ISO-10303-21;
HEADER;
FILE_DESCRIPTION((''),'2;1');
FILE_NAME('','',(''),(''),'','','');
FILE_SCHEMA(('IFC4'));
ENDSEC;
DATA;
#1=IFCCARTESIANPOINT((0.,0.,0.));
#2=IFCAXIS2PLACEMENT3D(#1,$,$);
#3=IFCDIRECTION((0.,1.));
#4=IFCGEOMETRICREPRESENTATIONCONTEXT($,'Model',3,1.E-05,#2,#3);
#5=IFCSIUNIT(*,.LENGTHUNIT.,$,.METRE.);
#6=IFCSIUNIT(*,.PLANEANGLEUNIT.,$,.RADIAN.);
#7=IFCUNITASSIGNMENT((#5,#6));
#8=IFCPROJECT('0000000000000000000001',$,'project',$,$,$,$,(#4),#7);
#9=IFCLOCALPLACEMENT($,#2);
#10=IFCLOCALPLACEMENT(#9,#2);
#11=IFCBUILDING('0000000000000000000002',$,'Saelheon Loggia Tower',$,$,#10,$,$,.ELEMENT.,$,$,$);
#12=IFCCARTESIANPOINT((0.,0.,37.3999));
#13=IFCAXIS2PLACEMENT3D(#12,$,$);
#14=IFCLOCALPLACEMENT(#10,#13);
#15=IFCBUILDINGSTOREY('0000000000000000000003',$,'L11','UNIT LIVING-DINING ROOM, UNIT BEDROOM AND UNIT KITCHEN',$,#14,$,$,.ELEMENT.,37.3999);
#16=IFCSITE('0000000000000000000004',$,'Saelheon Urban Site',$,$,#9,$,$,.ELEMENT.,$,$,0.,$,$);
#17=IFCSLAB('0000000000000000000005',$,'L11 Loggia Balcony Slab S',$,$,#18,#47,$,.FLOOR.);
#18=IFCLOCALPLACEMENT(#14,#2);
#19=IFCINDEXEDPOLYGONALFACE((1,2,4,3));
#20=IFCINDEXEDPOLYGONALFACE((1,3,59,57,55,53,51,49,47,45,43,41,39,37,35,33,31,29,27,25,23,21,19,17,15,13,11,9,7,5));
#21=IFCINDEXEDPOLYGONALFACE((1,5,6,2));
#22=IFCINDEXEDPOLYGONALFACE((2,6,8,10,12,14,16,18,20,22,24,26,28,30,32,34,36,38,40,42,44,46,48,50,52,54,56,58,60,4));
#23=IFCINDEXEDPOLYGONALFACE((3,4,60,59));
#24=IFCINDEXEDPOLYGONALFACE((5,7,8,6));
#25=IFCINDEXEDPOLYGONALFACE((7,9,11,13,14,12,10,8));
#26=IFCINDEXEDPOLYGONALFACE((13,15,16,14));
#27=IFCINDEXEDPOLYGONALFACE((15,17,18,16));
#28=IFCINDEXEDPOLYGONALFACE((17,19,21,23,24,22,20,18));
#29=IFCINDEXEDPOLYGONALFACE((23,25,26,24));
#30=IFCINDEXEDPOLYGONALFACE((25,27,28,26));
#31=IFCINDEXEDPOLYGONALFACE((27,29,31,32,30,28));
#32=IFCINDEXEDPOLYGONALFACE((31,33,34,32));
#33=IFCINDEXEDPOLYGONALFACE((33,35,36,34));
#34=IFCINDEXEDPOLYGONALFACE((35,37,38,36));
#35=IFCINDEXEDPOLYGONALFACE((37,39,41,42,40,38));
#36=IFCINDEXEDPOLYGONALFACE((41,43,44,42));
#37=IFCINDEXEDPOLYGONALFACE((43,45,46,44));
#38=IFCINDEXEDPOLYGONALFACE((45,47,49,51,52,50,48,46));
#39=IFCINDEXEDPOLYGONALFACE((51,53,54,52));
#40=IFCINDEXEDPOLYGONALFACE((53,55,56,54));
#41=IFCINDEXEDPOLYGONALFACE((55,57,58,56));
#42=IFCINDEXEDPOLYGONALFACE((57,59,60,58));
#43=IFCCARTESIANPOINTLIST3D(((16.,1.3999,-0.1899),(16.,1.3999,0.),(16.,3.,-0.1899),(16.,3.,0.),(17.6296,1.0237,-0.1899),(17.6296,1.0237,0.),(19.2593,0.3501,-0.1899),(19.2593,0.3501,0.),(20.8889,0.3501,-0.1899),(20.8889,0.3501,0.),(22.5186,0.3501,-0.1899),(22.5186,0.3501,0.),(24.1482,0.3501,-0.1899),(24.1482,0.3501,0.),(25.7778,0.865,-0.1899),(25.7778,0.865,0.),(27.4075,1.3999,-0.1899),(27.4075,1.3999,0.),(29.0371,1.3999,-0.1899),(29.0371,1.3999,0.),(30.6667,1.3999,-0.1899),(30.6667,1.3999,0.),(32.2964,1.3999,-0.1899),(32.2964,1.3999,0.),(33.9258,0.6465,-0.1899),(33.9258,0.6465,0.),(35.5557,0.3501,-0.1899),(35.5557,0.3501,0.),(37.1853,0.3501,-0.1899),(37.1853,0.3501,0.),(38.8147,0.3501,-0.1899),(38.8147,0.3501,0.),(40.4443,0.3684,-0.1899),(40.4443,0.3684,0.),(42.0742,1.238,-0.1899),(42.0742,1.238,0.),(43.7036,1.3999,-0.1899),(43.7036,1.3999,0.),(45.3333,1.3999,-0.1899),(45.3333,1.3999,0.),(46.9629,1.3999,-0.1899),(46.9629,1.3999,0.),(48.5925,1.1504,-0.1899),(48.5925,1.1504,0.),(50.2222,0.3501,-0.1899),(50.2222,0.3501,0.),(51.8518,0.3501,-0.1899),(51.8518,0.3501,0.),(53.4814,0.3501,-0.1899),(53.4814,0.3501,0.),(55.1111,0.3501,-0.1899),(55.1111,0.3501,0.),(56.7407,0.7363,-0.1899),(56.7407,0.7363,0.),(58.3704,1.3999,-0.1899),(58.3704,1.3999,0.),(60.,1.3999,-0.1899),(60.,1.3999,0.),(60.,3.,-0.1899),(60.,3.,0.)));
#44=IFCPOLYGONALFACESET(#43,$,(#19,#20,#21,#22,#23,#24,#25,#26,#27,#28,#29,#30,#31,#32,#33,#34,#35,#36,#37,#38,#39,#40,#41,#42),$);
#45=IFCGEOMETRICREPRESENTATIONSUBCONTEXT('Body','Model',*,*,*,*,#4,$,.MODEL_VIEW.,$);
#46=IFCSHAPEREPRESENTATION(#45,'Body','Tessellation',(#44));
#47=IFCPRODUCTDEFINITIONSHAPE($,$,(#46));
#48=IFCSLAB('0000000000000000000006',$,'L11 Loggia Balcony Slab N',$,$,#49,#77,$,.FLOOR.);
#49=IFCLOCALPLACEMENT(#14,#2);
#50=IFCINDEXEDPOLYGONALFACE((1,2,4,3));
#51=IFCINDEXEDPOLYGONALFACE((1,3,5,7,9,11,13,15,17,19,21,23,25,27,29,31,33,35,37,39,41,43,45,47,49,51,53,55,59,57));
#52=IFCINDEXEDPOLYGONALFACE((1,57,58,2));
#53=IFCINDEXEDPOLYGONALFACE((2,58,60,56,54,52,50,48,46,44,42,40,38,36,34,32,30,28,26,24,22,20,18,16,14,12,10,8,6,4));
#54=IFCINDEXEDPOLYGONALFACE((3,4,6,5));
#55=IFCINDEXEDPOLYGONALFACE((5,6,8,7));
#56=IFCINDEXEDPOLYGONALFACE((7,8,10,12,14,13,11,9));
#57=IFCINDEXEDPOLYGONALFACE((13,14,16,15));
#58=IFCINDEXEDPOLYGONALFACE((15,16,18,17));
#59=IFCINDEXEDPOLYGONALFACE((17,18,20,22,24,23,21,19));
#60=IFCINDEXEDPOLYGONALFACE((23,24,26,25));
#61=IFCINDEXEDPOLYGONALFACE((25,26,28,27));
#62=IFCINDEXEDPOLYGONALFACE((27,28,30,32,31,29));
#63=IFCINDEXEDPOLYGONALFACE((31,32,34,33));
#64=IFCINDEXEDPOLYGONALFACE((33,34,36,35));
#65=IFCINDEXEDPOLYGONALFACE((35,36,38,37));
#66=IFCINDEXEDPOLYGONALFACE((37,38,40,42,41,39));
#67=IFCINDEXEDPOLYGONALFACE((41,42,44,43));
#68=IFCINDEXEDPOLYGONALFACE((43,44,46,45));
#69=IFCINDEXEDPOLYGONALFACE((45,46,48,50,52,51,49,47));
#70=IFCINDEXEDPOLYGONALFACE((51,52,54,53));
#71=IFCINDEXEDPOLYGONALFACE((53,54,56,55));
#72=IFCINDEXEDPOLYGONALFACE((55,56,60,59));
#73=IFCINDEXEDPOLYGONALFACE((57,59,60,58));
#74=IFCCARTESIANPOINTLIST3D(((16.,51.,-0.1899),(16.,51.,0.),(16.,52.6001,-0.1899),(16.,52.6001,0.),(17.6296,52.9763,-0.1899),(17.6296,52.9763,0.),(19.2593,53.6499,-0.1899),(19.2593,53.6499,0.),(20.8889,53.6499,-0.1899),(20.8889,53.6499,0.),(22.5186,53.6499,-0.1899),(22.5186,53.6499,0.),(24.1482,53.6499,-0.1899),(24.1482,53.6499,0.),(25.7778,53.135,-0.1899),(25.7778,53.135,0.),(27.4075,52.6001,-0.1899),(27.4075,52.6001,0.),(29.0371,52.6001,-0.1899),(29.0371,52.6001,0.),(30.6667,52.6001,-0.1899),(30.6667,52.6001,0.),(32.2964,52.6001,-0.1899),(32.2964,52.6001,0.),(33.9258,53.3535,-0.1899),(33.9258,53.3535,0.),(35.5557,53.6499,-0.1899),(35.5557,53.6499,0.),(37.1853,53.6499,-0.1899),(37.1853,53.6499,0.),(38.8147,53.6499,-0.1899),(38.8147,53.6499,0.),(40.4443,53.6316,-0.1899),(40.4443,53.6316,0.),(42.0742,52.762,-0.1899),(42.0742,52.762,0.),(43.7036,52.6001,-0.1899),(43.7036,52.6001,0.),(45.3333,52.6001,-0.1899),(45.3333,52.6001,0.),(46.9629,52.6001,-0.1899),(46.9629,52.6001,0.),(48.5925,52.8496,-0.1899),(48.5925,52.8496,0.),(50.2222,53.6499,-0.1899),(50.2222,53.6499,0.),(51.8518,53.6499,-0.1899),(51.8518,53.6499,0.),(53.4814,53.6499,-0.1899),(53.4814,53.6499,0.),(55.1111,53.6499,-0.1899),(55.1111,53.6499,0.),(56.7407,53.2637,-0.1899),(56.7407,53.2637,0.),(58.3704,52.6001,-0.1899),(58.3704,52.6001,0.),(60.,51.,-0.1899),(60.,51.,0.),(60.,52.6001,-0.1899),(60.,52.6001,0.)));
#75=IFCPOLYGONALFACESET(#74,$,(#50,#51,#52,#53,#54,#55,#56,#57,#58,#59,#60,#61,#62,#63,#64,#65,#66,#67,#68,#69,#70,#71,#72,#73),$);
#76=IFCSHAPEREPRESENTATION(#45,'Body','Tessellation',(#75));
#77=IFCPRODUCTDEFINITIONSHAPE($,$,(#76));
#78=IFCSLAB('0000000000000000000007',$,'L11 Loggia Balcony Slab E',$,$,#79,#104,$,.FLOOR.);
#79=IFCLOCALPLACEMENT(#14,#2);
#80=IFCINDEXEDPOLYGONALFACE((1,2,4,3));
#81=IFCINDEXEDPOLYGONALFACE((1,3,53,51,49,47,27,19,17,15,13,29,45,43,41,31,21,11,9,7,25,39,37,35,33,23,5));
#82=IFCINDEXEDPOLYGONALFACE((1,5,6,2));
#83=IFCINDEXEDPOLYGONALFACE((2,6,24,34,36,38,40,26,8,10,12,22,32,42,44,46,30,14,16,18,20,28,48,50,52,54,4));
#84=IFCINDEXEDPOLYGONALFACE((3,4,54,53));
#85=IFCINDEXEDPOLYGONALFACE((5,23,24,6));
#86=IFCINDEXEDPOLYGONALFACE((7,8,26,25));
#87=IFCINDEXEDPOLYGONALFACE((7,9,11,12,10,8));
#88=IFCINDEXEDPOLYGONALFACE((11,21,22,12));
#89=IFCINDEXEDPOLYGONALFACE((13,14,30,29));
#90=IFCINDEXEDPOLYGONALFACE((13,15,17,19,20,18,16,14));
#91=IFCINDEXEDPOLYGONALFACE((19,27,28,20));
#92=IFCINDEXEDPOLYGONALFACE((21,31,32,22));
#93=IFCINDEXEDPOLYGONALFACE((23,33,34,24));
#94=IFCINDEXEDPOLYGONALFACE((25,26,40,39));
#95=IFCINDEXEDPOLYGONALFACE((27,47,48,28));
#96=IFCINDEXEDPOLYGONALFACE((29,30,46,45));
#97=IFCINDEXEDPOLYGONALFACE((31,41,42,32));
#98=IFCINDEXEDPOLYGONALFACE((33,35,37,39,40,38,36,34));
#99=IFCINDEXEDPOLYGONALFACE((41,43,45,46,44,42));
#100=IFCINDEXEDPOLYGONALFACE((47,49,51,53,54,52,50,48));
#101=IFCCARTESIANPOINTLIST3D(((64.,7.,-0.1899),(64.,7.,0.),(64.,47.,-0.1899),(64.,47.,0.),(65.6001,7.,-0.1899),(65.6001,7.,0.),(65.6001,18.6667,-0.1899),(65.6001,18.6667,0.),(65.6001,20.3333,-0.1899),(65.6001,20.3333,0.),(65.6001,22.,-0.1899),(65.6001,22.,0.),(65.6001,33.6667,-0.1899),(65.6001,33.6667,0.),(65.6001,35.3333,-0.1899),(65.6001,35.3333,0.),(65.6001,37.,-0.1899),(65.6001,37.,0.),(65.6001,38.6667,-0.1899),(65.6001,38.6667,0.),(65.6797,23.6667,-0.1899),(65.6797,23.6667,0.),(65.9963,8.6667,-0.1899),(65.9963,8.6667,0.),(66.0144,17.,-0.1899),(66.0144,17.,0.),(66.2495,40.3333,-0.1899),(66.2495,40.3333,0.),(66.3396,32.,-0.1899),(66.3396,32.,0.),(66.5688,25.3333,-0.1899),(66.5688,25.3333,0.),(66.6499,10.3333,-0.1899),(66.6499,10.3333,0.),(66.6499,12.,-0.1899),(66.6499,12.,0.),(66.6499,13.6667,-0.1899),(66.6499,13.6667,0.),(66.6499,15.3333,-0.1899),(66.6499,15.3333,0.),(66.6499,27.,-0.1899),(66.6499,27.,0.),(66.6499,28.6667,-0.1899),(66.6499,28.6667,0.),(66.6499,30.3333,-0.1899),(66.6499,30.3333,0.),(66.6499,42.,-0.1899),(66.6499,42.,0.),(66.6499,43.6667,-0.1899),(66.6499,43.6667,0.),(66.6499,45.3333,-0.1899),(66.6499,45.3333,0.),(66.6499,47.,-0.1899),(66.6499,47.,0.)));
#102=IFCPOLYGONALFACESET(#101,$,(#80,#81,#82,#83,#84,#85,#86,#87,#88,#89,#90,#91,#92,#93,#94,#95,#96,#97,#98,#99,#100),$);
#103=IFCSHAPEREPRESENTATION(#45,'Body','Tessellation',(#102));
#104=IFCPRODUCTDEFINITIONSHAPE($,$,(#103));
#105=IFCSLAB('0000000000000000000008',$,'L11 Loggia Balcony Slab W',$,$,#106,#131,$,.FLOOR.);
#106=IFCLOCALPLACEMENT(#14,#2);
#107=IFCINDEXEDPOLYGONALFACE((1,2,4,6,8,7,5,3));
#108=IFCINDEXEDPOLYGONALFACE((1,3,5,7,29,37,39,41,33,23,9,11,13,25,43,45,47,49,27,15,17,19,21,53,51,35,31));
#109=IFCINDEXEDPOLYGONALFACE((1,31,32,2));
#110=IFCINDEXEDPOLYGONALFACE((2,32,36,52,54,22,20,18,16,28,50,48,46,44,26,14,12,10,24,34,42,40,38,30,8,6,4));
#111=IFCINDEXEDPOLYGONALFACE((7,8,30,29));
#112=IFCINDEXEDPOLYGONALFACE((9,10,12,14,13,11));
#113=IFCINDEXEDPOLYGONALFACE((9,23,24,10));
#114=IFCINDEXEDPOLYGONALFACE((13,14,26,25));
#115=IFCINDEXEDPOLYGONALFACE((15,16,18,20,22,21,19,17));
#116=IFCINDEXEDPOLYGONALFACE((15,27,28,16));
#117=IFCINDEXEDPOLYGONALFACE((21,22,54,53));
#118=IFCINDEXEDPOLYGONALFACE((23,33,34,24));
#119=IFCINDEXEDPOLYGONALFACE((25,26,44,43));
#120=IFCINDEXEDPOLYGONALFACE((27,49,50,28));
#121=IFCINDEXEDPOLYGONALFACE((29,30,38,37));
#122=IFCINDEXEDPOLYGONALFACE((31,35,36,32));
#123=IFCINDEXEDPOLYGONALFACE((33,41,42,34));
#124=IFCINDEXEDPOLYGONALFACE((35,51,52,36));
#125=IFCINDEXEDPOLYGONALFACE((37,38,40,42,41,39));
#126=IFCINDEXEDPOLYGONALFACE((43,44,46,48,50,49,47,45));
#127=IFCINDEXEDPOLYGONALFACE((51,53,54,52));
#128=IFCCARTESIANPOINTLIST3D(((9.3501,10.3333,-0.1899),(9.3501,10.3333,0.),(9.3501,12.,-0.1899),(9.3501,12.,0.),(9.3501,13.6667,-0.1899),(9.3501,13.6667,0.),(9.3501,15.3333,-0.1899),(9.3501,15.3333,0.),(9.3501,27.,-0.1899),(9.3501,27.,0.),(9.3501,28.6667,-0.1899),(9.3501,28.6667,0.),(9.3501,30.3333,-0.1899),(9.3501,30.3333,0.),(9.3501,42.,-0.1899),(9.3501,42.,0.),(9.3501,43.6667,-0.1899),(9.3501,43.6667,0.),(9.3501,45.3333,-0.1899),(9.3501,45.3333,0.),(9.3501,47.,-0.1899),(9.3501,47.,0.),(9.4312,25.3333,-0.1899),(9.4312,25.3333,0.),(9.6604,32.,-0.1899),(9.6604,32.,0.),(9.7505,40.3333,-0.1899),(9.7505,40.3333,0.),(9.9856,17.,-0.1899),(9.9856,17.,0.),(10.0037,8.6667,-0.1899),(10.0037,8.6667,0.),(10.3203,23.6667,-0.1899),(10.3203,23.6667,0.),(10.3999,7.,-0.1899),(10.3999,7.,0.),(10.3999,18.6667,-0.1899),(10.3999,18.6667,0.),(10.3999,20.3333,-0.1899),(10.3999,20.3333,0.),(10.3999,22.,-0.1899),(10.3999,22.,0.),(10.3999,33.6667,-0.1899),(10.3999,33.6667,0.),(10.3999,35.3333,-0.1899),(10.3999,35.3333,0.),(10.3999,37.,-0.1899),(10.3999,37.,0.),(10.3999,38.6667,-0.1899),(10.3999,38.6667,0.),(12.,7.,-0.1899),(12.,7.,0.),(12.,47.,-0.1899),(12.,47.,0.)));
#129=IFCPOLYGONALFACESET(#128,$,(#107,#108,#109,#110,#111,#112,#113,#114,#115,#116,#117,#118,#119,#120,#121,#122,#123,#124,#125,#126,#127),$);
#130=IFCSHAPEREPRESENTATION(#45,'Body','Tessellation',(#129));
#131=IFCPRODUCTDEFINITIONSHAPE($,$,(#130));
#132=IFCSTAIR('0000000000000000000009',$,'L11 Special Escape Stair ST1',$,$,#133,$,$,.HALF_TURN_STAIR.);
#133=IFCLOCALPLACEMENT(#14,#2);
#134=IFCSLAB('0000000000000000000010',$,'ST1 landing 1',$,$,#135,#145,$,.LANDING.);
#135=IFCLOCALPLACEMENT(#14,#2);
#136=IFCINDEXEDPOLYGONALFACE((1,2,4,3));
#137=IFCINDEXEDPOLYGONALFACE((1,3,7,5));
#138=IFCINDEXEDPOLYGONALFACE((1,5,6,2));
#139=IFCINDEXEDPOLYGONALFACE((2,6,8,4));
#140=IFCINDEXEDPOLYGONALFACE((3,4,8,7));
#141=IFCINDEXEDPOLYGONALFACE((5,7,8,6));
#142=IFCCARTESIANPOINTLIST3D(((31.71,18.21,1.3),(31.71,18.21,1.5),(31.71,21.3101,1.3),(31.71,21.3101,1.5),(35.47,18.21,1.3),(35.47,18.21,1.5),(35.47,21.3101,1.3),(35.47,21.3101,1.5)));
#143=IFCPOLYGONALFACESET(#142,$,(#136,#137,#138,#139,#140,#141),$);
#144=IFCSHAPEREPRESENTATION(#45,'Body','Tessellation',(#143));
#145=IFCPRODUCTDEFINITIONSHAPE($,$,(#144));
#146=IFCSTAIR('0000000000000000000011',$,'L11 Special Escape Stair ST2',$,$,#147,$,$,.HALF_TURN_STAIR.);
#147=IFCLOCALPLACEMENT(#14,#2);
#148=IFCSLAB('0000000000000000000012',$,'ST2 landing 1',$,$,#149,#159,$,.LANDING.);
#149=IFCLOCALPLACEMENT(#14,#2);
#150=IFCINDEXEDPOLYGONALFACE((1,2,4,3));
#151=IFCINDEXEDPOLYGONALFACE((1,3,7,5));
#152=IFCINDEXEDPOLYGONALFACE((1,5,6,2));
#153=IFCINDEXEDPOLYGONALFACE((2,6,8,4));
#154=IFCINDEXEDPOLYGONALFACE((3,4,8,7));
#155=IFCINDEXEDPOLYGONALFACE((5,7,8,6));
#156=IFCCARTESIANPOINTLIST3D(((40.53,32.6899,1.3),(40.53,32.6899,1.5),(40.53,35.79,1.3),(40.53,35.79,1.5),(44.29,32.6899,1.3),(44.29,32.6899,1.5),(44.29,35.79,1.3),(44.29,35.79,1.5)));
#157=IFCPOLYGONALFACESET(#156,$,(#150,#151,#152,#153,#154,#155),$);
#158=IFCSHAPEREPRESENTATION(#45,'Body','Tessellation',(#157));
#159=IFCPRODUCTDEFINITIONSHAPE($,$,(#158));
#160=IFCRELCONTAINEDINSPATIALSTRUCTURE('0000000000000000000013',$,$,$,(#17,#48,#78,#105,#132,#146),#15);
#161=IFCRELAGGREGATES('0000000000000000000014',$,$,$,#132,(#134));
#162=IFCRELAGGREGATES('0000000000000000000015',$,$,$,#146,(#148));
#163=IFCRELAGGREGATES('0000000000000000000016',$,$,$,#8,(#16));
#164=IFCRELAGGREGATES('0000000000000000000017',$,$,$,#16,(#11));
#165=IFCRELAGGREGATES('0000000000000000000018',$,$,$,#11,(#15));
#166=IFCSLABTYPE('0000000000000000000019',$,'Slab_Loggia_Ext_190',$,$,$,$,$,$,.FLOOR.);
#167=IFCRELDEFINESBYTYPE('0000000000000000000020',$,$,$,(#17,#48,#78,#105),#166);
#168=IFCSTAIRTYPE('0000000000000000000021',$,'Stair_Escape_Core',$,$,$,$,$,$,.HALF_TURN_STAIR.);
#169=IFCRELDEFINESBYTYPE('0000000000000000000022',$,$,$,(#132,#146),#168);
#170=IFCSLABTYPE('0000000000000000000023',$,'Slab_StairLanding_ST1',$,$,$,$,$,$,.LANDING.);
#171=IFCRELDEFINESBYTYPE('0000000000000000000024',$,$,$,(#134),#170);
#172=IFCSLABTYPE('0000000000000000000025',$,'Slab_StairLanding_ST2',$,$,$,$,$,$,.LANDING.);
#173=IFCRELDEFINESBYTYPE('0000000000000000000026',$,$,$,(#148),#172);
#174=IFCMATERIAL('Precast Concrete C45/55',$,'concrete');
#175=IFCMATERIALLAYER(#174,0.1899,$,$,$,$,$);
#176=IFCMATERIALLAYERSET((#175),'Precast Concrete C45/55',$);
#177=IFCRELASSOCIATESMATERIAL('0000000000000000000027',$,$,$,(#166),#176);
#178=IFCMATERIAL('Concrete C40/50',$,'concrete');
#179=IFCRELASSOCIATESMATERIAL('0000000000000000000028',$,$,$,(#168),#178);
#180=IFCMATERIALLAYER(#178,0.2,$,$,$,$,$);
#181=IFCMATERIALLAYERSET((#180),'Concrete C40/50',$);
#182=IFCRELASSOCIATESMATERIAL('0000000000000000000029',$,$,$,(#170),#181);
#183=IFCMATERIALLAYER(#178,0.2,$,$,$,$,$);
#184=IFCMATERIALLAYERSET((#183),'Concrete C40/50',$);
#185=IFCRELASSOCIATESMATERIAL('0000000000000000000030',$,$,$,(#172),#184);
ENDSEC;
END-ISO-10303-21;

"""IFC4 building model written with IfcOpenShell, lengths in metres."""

from ifc_helpers import new_model, si_unit, direction, frame, origin, place, context, subcontext, project, spatial, polyline, outline, extrude, material, layer, layer_set, type_object, element, aggregate, save


model = new_model("IFC4")

# Units and contexts
model_context = context("Model", 3, precision=1e-05, world=origin(), true_north=direction((0.0, 1.0)))
body_context = subcontext(model_context, "Body", "Model", "MODEL_VIEW")
ifc_project = project(units=[si_unit("LENGTHUNIT", "METRE"), si_unit("PLANEANGLEUNIT", "RADIAN")], contexts=[model_context])

# Site, building, storey
site_placement = place(None, origin())
site = spatial("IfcSite", under=ifc_project, at=site_placement, Name="Saelheon Urban Site", CompositionType="ELEMENT", RefElevation=0.0)
building_placement = place(site_placement, origin())
building = spatial("IfcBuilding", under=site, at=building_placement, Name="Saelheon Loggia Tower", CompositionType="ELEMENT")
storey_placement = place(building_placement, frame((0.0, 0.0, 37.3999)))
storey = spatial("IfcBuildingStorey", under=building, at=storey_placement, Name="L11", Description="UNIT LIVING-DINING ROOM, UNIT BEDROOM AND UNIT KITCHEN", CompositionType="ELEMENT", Elevation=37.3999)

# Slabs
ifc_material_1 = material(Name="Precast Concrete C45/55", Category="concrete")
ifc_layer_1 = layer(ifc_material_1, 0.1899)
ifc_layer_set_1 = layer_set([ifc_layer_1], Name="Precast Concrete C45/55")
slab_type_1 = type_object("IfcSlabType", Name="Slab_Loggia_Ext_190", PredefinedType="FLOOR", material=ifc_layer_set_1)
slab_1_placement = place(storey_placement, frame((0.0, 0.0, -0.1899)))
element("IfcSlab", 1, at=slab_1_placement, inside=storey, type_object=slab_type_1, Name="L11 Loggia Balcony Slab S", PredefinedType="FLOOR", context=body_context, shape_type="SweptSolid", body=[
    extrude(outline(polyline([(16.0, 1.3999), (17.6296, 1.0237), (19.2593, 0.3501), (20.8889, 0.3501), (22.5186, 0.3501), (24.1482, 0.3501), (25.7778, 0.865), (27.4075, 1.3999), (29.0371, 1.3999), (30.6667, 1.3999), (32.2964, 1.3999), (33.9258, 0.6465), (35.5557, 0.3501), (37.1853, 0.3501), (38.8147, 0.3501), (40.4443, 0.3684), (42.0742, 1.238), (43.7036, 1.3999), (45.3333, 1.3999), (46.9629, 1.3999), (48.5925, 1.1504), (50.2222, 0.3501), (51.8518, 0.3501), (53.4814, 0.3501), (55.1111, 0.3501), (56.7407, 0.7363), (58.3704, 1.3999), (60.0, 1.3999), (60.0, 3.0), (16.0, 3.0), (16.0, 1.3999)])), origin(), (0.0, 0.0, 1.0), 0.1899),
])
slab_2_placement = place(storey_placement, frame((0.0, 0.0, -0.1899)))
element("IfcSlab", 2, at=slab_2_placement, inside=storey, type_object=slab_type_1, Name="L11 Loggia Balcony Slab N", PredefinedType="FLOOR", context=body_context, shape_type="SweptSolid", body=[
    extrude(outline(polyline([(16.0, 51.0), (60.0, 51.0), (60.0, 52.6001), (58.3704, 52.6001), (56.7407, 53.2637), (55.1111, 53.6499), (53.4814, 53.6499), (51.8518, 53.6499), (50.2222, 53.6499), (48.5925, 52.8496), (46.9629, 52.6001), (45.3333, 52.6001), (43.7036, 52.6001), (42.0742, 52.762), (40.4443, 53.6316), (38.8147, 53.6499), (37.1853, 53.6499), (35.5557, 53.6499), (33.9258, 53.3535), (32.2964, 52.6001), (30.6667, 52.6001), (29.0371, 52.6001), (27.4075, 52.6001), (25.7778, 53.135), (24.1482, 53.6499), (22.5186, 53.6499), (20.8889, 53.6499), (19.2593, 53.6499), (17.6296, 52.9763), (16.0, 52.6001), (16.0, 51.0)])), origin(), (0.0, 0.0, 1.0), 0.1899),
])
slab_3_placement = place(storey_placement, frame((0.0, 0.0, -0.1899)))
element("IfcSlab", 3, at=slab_3_placement, inside=storey, type_object=slab_type_1, Name="L11 Loggia Balcony Slab E", PredefinedType="FLOOR", context=body_context, shape_type="SweptSolid", body=[
    extrude(outline(polyline([(64.0, 7.0), (65.6001, 7.0), (65.9963, 8.6667), (66.6499, 10.3333), (66.6499, 12.0), (66.6499, 13.6667), (66.6499, 15.3333), (66.0144, 17.0), (65.6001, 18.6667), (65.6001, 20.3333), (65.6001, 22.0), (65.6797, 23.6667), (66.5688, 25.3333), (66.6499, 27.0), (66.6499, 28.6667), (66.6499, 30.3333), (66.3396, 32.0), (65.6001, 33.6667), (65.6001, 35.3333), (65.6001, 37.0), (65.6001, 38.6667), (66.2495, 40.3333), (66.6499, 42.0), (66.6499, 43.6667), (66.6499, 45.3333), (66.6499, 47.0), (64.0, 47.0), (64.0, 7.0)])), origin(), (0.0, 0.0, 1.0), 0.1899),
])
slab_4_placement = place(storey_placement, frame((0.0, 0.0, -0.1899)))
element("IfcSlab", 4, at=slab_4_placement, inside=storey, type_object=slab_type_1, Name="L11 Loggia Balcony Slab W", PredefinedType="FLOOR", context=body_context, shape_type="SweptSolid", body=[
    extrude(outline(polyline([(12.0, 7.0), (12.0, 47.0), (9.3501, 47.0), (9.3501, 45.3333), (9.3501, 43.6667), (9.3501, 42.0), (9.7505, 40.3333), (10.3999, 38.6667), (10.3999, 37.0), (10.3999, 35.3333), (10.3999, 33.6667), (9.6604, 32.0), (9.3501, 30.3333), (9.3501, 28.6667), (9.3501, 27.0), (9.4312, 25.3333), (10.3203, 23.6667), (10.3999, 22.0), (10.3999, 20.3333), (10.3999, 18.6667), (9.9856, 17.0), (9.3501, 15.3333), (9.3501, 13.6667), (9.3501, 12.0), (9.3501, 10.3333), (10.0037, 8.6667), (10.3999, 7.0), (12.0, 7.0)])), origin(), (0.0, 0.0, 1.0), 0.1899),
])

# Stairs, slabs
ifc_material_2 = material(Name="Concrete C40/50", Category="concrete")
stair_type = type_object("IfcStairType", Name="Stair_Escape_Core", PredefinedType="HALF_TURN_STAIR", material=ifc_material_2)
stair_1_placement = place(storey_placement, origin())
stair_1 = element("IfcStair", 5, at=stair_1_placement, inside=storey, type_object=stair_type, Name="L11 Special Escape Stair ST1", PredefinedType="HALF_TURN_STAIR")
ifc_layer_2 = layer(ifc_material_2, 0.2)
ifc_layer_set_2 = layer_set([ifc_layer_2], Name="Concrete C40/50")
slab_type_2 = type_object("IfcSlabType", Name="Slab_StairLanding_ST1", PredefinedType="LANDING", material=ifc_layer_set_2)
slab_5_placement = place(storey_placement, frame((0.0, 0.0, 1.3)))
slab_5 = element("IfcSlab", 6, at=slab_5_placement, type_object=slab_type_2, Name="ST1 landing 1", PredefinedType="LANDING", context=body_context, shape_type="SweptSolid", body=[
    extrude(outline(polyline([(31.71, 21.3101), (31.71, 18.21), (35.47, 18.21), (35.47, 21.3101), (31.71, 21.3101)])), origin(), (0.0, 0.0, 1.0), 0.2),
])
aggregate(stair_1, [slab_5])
stair_2_placement = place(storey_placement, origin())
stair_2 = element("IfcStair", 7, at=stair_2_placement, inside=storey, type_object=stair_type, Name="L11 Special Escape Stair ST2", PredefinedType="HALF_TURN_STAIR")
ifc_layer_3 = layer(ifc_material_2, 0.2)
ifc_layer_set_3 = layer_set([ifc_layer_3], Name="Concrete C40/50")
slab_type_3 = type_object("IfcSlabType", Name="Slab_StairLanding_ST2", PredefinedType="LANDING", material=ifc_layer_set_3)
slab_6_placement = place(storey_placement, frame((0.0, 0.0, 1.3)))
slab_6 = element("IfcSlab", 8, at=slab_6_placement, type_object=slab_type_3, Name="ST2 landing 1", PredefinedType="LANDING", context=body_context, shape_type="SweptSolid", body=[
    extrude(outline(polyline([(44.29, 32.6899), (44.29, 35.79), (40.53, 35.79), (40.53, 32.6899), (44.29, 32.6899)])), origin(), (0.0, 0.0, 1.0), 0.2),
])
aggregate(stair_2, [slab_6])

save(model, "model.ifc")
